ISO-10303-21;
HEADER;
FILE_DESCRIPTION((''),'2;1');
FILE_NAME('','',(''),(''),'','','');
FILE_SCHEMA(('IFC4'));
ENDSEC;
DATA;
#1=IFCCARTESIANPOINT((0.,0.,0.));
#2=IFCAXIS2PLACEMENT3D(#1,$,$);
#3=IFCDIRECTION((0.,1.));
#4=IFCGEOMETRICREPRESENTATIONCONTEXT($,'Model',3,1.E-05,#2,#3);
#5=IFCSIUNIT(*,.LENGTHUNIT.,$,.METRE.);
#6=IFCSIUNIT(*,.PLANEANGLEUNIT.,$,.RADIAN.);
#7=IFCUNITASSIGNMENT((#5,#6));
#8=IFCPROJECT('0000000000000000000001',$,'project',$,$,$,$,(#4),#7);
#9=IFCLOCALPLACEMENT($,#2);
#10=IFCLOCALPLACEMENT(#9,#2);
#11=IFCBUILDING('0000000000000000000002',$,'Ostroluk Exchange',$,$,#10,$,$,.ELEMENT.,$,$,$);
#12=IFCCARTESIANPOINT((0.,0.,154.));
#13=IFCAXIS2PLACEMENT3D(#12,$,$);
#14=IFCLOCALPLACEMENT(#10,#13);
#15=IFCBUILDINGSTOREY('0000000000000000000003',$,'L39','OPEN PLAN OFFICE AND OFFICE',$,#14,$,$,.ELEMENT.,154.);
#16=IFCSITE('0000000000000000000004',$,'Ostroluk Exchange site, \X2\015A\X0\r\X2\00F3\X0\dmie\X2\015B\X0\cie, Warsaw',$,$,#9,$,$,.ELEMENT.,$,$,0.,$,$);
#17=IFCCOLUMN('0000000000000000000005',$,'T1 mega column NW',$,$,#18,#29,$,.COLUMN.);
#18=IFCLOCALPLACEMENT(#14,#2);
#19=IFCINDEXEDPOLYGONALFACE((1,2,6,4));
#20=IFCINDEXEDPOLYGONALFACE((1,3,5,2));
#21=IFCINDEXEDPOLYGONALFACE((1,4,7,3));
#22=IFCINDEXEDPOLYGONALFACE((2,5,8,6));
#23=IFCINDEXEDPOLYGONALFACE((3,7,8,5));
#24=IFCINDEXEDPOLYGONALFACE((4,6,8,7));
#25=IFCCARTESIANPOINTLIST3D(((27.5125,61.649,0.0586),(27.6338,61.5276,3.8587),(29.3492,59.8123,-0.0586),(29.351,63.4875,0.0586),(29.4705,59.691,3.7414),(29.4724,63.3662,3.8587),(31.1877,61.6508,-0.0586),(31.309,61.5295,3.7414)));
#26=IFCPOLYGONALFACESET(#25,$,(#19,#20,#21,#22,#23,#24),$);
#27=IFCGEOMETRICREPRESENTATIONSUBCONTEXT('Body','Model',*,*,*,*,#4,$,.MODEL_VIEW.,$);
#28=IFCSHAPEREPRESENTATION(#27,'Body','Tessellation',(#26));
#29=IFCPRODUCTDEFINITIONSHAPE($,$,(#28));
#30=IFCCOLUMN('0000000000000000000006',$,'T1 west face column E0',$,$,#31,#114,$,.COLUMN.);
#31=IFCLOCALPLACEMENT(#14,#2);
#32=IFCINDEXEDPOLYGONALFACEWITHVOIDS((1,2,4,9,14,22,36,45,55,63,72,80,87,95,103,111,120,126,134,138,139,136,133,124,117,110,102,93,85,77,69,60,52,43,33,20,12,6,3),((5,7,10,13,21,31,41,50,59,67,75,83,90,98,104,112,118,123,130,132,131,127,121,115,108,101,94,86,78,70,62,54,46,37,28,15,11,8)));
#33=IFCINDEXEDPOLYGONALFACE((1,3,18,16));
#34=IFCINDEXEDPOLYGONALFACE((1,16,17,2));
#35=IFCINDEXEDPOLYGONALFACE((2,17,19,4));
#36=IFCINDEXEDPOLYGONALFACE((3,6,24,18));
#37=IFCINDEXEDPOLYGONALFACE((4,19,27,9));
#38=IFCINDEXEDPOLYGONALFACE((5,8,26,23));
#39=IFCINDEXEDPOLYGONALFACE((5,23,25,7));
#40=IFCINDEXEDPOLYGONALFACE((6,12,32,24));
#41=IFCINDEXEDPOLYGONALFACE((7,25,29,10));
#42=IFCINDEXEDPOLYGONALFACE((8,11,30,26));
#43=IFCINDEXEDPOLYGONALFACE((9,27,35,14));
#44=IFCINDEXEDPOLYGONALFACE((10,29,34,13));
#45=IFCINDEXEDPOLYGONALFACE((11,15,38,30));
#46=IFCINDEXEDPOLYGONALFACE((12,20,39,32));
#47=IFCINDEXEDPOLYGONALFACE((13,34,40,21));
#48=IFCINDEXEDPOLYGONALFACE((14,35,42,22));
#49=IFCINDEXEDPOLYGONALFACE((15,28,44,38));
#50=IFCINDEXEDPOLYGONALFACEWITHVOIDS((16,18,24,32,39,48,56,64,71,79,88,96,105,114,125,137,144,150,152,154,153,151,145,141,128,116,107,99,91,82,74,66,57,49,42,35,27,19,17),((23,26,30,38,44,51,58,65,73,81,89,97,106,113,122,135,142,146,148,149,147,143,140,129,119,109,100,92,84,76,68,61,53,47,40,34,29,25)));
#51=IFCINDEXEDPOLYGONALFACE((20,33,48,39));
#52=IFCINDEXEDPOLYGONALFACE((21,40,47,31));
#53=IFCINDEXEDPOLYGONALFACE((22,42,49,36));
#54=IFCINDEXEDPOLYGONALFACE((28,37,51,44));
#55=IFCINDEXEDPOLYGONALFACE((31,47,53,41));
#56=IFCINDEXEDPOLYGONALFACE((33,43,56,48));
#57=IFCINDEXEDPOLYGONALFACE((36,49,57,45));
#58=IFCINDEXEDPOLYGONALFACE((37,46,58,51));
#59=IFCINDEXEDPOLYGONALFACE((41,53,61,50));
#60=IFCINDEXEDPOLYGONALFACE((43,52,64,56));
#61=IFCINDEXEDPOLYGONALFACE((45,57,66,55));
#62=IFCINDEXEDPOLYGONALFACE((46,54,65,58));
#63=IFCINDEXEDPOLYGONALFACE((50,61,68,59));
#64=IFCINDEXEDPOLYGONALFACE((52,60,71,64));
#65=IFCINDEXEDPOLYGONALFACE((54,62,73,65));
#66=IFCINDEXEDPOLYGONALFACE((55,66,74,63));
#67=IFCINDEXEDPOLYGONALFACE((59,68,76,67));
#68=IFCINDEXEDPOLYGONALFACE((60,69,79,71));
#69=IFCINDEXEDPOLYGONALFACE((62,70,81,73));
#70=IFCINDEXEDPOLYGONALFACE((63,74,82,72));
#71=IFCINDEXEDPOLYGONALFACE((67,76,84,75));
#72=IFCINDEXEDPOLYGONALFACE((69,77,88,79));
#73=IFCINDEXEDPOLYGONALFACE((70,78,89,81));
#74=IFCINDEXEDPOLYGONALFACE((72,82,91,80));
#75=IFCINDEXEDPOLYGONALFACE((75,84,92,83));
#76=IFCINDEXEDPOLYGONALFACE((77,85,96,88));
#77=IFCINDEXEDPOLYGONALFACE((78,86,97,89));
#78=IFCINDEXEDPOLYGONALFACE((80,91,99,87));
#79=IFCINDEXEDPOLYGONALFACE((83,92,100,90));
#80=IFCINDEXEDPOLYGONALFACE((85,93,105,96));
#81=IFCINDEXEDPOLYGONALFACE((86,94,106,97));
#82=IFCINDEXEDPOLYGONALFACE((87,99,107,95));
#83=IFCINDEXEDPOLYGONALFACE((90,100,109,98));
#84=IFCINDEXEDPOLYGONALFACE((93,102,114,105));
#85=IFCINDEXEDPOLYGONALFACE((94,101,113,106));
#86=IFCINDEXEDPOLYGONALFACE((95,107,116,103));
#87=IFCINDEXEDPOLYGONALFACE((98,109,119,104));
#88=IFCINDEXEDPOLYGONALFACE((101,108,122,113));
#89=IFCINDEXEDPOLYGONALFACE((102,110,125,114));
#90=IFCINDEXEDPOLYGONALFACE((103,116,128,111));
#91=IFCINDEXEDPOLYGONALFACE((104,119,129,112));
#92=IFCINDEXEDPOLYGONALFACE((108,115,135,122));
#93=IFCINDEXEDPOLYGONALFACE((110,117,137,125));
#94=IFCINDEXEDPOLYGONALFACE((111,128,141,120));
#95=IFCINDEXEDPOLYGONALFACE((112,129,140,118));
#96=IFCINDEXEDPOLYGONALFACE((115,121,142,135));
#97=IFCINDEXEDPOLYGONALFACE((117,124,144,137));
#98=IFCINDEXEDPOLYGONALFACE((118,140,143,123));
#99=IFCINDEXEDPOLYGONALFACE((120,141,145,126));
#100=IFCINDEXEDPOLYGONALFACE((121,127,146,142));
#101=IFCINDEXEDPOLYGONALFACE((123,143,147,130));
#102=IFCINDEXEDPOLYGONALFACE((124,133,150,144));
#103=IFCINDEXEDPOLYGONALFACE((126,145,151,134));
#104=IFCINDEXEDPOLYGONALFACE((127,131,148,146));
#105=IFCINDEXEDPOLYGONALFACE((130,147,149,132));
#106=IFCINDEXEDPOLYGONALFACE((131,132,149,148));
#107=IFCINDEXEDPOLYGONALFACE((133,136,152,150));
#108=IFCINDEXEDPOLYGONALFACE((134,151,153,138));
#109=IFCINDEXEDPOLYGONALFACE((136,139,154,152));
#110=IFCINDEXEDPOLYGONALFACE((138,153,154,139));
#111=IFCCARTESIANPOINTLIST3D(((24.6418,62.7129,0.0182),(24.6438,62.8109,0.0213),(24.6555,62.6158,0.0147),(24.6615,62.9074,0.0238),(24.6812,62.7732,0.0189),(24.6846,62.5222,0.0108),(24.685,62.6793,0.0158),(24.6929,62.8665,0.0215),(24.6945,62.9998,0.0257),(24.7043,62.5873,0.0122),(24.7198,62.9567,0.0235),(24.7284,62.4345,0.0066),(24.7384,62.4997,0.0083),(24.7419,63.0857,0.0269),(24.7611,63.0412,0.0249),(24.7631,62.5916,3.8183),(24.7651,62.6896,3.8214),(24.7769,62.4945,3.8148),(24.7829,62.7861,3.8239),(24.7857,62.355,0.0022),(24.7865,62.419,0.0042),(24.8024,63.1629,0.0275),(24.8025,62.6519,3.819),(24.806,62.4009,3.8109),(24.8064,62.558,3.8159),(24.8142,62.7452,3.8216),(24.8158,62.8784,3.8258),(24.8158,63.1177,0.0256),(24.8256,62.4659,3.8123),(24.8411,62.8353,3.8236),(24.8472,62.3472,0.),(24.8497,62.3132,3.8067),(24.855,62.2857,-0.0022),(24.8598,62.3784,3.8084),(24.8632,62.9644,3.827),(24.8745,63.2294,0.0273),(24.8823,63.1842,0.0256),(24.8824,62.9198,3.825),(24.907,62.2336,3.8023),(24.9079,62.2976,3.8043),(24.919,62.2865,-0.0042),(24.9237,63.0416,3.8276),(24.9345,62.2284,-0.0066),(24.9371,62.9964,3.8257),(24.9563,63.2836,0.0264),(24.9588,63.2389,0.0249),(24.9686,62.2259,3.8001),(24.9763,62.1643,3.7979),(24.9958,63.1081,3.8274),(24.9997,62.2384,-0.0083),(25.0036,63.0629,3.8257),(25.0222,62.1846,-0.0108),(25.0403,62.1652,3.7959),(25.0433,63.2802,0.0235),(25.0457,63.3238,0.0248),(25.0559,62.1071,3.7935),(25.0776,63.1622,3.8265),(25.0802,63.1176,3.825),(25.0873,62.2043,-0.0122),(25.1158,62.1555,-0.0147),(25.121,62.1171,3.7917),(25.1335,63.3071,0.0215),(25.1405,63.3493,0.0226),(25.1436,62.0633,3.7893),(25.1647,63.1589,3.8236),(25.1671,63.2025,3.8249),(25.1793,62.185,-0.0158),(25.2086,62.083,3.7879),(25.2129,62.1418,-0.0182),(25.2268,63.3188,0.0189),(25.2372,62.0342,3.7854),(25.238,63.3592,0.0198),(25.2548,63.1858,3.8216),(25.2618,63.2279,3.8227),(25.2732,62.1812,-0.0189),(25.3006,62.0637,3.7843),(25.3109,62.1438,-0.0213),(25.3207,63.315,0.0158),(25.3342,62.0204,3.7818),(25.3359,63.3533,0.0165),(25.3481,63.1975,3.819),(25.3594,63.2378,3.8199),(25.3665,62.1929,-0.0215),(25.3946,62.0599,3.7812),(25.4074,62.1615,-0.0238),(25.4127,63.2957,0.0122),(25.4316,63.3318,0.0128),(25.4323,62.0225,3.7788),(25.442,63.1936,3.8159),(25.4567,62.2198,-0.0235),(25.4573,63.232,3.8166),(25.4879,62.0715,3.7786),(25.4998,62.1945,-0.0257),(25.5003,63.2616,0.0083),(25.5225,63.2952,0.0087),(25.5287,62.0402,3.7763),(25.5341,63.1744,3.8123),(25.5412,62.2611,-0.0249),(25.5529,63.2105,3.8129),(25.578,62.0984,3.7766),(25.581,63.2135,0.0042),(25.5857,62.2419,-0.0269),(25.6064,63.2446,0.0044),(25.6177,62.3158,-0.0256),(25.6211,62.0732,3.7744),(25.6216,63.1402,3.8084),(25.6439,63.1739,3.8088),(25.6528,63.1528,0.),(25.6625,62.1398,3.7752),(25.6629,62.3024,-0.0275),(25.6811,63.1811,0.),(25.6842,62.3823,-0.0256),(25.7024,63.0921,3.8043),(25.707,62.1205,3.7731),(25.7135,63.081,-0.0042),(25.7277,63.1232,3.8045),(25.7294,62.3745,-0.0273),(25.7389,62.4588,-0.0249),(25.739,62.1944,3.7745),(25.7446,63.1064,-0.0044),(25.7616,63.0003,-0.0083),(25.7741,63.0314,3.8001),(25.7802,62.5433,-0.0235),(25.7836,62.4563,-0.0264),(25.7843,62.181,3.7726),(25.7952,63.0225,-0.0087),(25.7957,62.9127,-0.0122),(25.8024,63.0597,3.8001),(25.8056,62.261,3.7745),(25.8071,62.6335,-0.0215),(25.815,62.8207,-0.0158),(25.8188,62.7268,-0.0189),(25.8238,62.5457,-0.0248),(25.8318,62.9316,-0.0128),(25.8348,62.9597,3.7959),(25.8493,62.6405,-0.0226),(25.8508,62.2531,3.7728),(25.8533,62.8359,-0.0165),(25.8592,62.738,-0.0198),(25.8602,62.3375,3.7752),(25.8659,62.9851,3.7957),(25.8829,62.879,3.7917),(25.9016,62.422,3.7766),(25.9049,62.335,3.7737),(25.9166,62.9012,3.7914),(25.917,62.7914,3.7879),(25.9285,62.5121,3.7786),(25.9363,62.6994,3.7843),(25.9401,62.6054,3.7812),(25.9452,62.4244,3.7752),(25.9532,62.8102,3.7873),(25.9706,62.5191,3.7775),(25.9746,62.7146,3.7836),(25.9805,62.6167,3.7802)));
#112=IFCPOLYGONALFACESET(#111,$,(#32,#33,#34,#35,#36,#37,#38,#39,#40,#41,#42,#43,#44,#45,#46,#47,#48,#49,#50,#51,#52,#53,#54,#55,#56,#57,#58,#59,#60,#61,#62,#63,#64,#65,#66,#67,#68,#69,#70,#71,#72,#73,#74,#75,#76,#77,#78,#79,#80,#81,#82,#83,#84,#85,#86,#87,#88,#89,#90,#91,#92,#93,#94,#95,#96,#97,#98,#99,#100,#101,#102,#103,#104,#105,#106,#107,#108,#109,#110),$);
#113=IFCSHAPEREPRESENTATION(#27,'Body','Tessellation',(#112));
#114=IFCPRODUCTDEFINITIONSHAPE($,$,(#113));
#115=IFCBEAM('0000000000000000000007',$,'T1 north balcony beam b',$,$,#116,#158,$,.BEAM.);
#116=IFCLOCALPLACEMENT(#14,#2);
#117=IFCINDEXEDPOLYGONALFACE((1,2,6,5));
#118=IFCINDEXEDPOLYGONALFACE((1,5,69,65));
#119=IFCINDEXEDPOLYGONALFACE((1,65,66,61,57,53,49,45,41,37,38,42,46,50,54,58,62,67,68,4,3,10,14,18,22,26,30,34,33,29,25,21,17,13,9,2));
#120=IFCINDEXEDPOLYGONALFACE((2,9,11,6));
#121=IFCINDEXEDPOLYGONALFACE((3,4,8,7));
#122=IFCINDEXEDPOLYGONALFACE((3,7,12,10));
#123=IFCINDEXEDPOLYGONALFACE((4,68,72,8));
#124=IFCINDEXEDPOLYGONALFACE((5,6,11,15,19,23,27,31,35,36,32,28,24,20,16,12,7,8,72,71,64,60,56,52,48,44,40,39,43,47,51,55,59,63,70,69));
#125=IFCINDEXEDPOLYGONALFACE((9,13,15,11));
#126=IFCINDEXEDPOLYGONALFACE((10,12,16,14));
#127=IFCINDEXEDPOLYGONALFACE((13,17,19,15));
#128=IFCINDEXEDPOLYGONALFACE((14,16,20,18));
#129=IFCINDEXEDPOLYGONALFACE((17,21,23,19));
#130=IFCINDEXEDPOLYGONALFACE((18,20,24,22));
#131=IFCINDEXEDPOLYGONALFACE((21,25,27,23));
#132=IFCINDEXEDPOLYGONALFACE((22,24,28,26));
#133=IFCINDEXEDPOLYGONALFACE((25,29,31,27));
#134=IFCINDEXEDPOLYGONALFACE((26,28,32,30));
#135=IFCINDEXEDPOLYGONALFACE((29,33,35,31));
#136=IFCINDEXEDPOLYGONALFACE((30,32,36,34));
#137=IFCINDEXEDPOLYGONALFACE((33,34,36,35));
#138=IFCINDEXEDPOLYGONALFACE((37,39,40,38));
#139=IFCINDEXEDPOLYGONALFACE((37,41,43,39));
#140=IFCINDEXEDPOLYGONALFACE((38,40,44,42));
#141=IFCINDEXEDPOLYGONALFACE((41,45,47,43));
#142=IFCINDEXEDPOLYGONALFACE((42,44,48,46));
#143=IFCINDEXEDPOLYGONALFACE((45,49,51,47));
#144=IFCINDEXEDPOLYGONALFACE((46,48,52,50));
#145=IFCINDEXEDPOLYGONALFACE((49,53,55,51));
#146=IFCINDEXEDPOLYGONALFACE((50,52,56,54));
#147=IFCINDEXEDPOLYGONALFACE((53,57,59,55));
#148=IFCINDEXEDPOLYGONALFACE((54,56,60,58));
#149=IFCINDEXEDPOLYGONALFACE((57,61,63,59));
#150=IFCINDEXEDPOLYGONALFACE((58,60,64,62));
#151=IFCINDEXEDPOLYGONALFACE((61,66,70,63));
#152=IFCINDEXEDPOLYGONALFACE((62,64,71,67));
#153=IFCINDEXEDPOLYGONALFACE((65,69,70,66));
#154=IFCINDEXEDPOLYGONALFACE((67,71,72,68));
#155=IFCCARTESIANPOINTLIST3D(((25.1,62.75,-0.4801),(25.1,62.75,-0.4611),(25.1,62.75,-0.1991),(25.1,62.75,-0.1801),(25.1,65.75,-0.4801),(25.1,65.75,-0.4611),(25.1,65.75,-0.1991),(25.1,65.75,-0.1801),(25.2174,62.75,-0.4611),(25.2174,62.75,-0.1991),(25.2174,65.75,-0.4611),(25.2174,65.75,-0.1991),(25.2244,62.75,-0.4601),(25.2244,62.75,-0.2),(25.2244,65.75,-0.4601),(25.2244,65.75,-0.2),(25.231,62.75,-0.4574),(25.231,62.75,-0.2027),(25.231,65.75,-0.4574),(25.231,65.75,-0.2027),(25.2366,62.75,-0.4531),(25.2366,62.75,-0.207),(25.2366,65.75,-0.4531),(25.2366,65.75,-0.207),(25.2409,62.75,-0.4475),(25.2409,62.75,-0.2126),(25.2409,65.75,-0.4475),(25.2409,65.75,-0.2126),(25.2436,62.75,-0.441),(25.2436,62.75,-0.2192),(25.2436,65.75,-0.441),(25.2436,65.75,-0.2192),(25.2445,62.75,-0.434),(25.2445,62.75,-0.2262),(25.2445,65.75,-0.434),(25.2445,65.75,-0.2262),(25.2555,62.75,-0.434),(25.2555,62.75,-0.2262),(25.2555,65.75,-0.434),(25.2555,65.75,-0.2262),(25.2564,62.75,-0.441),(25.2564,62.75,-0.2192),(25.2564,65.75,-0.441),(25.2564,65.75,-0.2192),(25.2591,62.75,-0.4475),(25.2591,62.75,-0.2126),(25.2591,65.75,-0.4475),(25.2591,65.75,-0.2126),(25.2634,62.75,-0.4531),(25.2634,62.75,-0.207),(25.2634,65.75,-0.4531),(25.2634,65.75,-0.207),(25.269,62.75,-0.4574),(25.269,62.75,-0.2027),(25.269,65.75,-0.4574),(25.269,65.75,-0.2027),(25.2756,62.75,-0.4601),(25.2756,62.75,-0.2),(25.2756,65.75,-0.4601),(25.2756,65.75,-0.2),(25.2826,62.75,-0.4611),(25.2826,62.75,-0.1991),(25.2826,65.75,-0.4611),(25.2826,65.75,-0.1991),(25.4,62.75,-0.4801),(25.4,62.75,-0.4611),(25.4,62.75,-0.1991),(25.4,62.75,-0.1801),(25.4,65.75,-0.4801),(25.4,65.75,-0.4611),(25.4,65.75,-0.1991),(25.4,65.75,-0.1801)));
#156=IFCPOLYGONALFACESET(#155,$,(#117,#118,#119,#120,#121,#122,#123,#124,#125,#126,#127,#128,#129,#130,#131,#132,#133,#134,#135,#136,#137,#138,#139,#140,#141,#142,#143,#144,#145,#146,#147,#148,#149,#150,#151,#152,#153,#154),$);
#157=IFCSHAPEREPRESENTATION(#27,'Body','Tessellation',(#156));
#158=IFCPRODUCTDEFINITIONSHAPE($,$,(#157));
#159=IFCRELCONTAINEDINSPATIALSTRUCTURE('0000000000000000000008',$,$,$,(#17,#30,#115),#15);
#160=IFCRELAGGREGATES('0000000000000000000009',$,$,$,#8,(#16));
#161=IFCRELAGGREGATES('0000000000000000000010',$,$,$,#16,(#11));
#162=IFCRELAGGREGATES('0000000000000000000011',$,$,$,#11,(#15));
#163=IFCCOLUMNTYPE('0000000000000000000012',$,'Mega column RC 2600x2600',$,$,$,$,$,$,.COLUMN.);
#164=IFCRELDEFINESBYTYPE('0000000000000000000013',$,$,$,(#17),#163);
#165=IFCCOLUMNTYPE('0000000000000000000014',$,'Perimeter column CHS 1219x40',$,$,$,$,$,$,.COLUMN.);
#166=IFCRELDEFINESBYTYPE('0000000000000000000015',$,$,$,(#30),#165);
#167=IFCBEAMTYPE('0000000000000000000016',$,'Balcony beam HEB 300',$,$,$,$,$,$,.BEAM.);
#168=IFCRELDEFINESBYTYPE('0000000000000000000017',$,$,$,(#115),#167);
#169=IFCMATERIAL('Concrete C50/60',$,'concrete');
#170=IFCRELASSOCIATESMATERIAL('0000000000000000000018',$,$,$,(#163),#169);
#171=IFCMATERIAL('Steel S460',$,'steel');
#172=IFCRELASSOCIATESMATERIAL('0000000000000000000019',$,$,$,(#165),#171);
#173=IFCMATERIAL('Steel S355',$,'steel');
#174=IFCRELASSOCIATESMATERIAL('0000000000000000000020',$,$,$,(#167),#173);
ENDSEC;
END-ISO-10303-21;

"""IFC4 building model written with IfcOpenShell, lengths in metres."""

from ifc_helpers import new_model, si_unit, direction, frame, origin, origin_2d, place, context, subcontext, project, spatial, rectangle, hollow_circle, i_section, extrude, material, material_profile, profile_set, type_object, element, save


model = new_model("IFC4")

# Units and contexts
model_context = context("Model", 3, precision=1e-05, world=origin(), true_north=direction((0.0, 1.0)))
body_context = subcontext(model_context, "Body", "Model", "MODEL_VIEW")
ifc_project = project(units=[si_unit("LENGTHUNIT", "METRE"), si_unit("PLANEANGLEUNIT", "RADIAN")], contexts=[model_context])

# Site, building, storey
site_placement = place(None, origin())
site = spatial("IfcSite", under=ifc_project, at=site_placement, Name="Ostroluk Exchange site, Śródmieście, Warsaw", CompositionType="ELEMENT", RefElevation=0.0)
building_placement = place(site_placement, origin())
building = spatial("IfcBuilding", under=site, at=building_placement, Name="Ostroluk Exchange", CompositionType="ELEMENT")
storey_placement = place(building_placement, frame((0.0, 0.0, 154.0)))
storey = spatial("IfcBuildingStorey", under=building, at=storey_placement, Name="L39", Description="OPEN PLAN OFFICE AND OFFICE", CompositionType="ELEMENT", Elevation=154.0)

# Columns
ifc_material_1 = material(Name="Concrete C50/60", Category="concrete")
ifc_material_profile_1 = material_profile(ifc_material_1, rectangle(XDim=2.6001, YDim=2.6001, at=origin_2d()), Name="RC 2600x2600")
ifc_profile_set_1 = profile_set([ifc_material_profile_1], Name="Concrete C50/60")
column_type_1 = type_object("IfcColumnType", Name="Mega column RC 2600x2600", PredefinedType="COLUMN", material=ifc_profile_set_1)
column_1_placement = place(storey_placement, frame((29.3501, 61.6499, 0.0), z_axis=(0.031898, -0.031898, 0.998982), x_axis=(0.707107, 0.707107, 0.0)))
element("IfcColumn", 1, at=column_1_placement, inside=storey, type_object=column_type_1, Name="T1 mega column NW", PredefinedType="COLUMN", context=body_context, shape_type="SweptSolid", body=[
    extrude(rectangle(XDim=2.6001, YDim=2.6001, at=origin_2d()), origin(), (0.0, 0.0, 1.0), 3.804),
])
ifc_material_2 = material(Name="Steel S460", Category="steel")
ifc_material_profile_2 = material_profile(ifc_material_2, hollow_circle(Radius=0.6096, WallThickness=0.04, at=origin_2d()), Name="CHS 1219x40")
ifc_profile_set_2 = profile_set([ifc_material_profile_2], Name="Steel S460")
column_type_2 = type_object("IfcColumnType", Name="Perimeter column CHS 1219x40", PredefinedType="COLUMN", material=ifc_profile_set_2)
column_2_placement = place(storey_placement, frame((25.25, 62.75, 0.0), z_axis=(0.031898, -0.031898, 0.998982), x_axis=(0.707107, 0.707107, 0.0)))
element("IfcColumn", 2, at=column_2_placement, inside=storey, type_object=column_type_2, Name="T1 west face column E0", PredefinedType="COLUMN", context=body_context, shape_type="SweptSolid", body=[
    extrude(hollow_circle(Radius=0.6096, WallThickness=0.04, at=origin_2d()), origin(), (0.0, 0.0, 1.0), 3.804),
])

# Beam
ifc_material_3 = material(Name="Steel S355", Category="steel")
ifc_material_profile_3 = material_profile(ifc_material_3, i_section(OverallWidth=0.3, OverallDepth=0.3, WebThickness=0.011, FlangeThickness=0.019, FilletRadius=0.0271, at=origin_2d()), Name="HEB 300")
ifc_profile_set_3 = profile_set([ifc_material_profile_3], Name="Steel S355")
beam_type_1 = type_object("IfcBeamType", Name="Balcony beam HEB 300", PredefinedType="BEAM", material=ifc_profile_set_3)
beam_1_placement = place(storey_placement, frame((25.25, 62.75, -0.3301), z_axis=(0.0, 1.0, 0.0), x_axis=(-1.0, 0.0, 0.0)))
element("IfcBeam", 3, at=beam_1_placement, inside=storey, type_object=beam_type_1, Name="T1 north balcony beam b", PredefinedType="BEAM", context=body_context, shape_type="SweptSolid", body=[
    extrude(i_section(OverallWidth=0.3, OverallDepth=0.3, WebThickness=0.011, FlangeThickness=0.019, FilletRadius=0.0271, at=origin_2d()), origin(), (0.0, 0.0, 1.0), 3.0),
])

save(model, "model.ifc")
